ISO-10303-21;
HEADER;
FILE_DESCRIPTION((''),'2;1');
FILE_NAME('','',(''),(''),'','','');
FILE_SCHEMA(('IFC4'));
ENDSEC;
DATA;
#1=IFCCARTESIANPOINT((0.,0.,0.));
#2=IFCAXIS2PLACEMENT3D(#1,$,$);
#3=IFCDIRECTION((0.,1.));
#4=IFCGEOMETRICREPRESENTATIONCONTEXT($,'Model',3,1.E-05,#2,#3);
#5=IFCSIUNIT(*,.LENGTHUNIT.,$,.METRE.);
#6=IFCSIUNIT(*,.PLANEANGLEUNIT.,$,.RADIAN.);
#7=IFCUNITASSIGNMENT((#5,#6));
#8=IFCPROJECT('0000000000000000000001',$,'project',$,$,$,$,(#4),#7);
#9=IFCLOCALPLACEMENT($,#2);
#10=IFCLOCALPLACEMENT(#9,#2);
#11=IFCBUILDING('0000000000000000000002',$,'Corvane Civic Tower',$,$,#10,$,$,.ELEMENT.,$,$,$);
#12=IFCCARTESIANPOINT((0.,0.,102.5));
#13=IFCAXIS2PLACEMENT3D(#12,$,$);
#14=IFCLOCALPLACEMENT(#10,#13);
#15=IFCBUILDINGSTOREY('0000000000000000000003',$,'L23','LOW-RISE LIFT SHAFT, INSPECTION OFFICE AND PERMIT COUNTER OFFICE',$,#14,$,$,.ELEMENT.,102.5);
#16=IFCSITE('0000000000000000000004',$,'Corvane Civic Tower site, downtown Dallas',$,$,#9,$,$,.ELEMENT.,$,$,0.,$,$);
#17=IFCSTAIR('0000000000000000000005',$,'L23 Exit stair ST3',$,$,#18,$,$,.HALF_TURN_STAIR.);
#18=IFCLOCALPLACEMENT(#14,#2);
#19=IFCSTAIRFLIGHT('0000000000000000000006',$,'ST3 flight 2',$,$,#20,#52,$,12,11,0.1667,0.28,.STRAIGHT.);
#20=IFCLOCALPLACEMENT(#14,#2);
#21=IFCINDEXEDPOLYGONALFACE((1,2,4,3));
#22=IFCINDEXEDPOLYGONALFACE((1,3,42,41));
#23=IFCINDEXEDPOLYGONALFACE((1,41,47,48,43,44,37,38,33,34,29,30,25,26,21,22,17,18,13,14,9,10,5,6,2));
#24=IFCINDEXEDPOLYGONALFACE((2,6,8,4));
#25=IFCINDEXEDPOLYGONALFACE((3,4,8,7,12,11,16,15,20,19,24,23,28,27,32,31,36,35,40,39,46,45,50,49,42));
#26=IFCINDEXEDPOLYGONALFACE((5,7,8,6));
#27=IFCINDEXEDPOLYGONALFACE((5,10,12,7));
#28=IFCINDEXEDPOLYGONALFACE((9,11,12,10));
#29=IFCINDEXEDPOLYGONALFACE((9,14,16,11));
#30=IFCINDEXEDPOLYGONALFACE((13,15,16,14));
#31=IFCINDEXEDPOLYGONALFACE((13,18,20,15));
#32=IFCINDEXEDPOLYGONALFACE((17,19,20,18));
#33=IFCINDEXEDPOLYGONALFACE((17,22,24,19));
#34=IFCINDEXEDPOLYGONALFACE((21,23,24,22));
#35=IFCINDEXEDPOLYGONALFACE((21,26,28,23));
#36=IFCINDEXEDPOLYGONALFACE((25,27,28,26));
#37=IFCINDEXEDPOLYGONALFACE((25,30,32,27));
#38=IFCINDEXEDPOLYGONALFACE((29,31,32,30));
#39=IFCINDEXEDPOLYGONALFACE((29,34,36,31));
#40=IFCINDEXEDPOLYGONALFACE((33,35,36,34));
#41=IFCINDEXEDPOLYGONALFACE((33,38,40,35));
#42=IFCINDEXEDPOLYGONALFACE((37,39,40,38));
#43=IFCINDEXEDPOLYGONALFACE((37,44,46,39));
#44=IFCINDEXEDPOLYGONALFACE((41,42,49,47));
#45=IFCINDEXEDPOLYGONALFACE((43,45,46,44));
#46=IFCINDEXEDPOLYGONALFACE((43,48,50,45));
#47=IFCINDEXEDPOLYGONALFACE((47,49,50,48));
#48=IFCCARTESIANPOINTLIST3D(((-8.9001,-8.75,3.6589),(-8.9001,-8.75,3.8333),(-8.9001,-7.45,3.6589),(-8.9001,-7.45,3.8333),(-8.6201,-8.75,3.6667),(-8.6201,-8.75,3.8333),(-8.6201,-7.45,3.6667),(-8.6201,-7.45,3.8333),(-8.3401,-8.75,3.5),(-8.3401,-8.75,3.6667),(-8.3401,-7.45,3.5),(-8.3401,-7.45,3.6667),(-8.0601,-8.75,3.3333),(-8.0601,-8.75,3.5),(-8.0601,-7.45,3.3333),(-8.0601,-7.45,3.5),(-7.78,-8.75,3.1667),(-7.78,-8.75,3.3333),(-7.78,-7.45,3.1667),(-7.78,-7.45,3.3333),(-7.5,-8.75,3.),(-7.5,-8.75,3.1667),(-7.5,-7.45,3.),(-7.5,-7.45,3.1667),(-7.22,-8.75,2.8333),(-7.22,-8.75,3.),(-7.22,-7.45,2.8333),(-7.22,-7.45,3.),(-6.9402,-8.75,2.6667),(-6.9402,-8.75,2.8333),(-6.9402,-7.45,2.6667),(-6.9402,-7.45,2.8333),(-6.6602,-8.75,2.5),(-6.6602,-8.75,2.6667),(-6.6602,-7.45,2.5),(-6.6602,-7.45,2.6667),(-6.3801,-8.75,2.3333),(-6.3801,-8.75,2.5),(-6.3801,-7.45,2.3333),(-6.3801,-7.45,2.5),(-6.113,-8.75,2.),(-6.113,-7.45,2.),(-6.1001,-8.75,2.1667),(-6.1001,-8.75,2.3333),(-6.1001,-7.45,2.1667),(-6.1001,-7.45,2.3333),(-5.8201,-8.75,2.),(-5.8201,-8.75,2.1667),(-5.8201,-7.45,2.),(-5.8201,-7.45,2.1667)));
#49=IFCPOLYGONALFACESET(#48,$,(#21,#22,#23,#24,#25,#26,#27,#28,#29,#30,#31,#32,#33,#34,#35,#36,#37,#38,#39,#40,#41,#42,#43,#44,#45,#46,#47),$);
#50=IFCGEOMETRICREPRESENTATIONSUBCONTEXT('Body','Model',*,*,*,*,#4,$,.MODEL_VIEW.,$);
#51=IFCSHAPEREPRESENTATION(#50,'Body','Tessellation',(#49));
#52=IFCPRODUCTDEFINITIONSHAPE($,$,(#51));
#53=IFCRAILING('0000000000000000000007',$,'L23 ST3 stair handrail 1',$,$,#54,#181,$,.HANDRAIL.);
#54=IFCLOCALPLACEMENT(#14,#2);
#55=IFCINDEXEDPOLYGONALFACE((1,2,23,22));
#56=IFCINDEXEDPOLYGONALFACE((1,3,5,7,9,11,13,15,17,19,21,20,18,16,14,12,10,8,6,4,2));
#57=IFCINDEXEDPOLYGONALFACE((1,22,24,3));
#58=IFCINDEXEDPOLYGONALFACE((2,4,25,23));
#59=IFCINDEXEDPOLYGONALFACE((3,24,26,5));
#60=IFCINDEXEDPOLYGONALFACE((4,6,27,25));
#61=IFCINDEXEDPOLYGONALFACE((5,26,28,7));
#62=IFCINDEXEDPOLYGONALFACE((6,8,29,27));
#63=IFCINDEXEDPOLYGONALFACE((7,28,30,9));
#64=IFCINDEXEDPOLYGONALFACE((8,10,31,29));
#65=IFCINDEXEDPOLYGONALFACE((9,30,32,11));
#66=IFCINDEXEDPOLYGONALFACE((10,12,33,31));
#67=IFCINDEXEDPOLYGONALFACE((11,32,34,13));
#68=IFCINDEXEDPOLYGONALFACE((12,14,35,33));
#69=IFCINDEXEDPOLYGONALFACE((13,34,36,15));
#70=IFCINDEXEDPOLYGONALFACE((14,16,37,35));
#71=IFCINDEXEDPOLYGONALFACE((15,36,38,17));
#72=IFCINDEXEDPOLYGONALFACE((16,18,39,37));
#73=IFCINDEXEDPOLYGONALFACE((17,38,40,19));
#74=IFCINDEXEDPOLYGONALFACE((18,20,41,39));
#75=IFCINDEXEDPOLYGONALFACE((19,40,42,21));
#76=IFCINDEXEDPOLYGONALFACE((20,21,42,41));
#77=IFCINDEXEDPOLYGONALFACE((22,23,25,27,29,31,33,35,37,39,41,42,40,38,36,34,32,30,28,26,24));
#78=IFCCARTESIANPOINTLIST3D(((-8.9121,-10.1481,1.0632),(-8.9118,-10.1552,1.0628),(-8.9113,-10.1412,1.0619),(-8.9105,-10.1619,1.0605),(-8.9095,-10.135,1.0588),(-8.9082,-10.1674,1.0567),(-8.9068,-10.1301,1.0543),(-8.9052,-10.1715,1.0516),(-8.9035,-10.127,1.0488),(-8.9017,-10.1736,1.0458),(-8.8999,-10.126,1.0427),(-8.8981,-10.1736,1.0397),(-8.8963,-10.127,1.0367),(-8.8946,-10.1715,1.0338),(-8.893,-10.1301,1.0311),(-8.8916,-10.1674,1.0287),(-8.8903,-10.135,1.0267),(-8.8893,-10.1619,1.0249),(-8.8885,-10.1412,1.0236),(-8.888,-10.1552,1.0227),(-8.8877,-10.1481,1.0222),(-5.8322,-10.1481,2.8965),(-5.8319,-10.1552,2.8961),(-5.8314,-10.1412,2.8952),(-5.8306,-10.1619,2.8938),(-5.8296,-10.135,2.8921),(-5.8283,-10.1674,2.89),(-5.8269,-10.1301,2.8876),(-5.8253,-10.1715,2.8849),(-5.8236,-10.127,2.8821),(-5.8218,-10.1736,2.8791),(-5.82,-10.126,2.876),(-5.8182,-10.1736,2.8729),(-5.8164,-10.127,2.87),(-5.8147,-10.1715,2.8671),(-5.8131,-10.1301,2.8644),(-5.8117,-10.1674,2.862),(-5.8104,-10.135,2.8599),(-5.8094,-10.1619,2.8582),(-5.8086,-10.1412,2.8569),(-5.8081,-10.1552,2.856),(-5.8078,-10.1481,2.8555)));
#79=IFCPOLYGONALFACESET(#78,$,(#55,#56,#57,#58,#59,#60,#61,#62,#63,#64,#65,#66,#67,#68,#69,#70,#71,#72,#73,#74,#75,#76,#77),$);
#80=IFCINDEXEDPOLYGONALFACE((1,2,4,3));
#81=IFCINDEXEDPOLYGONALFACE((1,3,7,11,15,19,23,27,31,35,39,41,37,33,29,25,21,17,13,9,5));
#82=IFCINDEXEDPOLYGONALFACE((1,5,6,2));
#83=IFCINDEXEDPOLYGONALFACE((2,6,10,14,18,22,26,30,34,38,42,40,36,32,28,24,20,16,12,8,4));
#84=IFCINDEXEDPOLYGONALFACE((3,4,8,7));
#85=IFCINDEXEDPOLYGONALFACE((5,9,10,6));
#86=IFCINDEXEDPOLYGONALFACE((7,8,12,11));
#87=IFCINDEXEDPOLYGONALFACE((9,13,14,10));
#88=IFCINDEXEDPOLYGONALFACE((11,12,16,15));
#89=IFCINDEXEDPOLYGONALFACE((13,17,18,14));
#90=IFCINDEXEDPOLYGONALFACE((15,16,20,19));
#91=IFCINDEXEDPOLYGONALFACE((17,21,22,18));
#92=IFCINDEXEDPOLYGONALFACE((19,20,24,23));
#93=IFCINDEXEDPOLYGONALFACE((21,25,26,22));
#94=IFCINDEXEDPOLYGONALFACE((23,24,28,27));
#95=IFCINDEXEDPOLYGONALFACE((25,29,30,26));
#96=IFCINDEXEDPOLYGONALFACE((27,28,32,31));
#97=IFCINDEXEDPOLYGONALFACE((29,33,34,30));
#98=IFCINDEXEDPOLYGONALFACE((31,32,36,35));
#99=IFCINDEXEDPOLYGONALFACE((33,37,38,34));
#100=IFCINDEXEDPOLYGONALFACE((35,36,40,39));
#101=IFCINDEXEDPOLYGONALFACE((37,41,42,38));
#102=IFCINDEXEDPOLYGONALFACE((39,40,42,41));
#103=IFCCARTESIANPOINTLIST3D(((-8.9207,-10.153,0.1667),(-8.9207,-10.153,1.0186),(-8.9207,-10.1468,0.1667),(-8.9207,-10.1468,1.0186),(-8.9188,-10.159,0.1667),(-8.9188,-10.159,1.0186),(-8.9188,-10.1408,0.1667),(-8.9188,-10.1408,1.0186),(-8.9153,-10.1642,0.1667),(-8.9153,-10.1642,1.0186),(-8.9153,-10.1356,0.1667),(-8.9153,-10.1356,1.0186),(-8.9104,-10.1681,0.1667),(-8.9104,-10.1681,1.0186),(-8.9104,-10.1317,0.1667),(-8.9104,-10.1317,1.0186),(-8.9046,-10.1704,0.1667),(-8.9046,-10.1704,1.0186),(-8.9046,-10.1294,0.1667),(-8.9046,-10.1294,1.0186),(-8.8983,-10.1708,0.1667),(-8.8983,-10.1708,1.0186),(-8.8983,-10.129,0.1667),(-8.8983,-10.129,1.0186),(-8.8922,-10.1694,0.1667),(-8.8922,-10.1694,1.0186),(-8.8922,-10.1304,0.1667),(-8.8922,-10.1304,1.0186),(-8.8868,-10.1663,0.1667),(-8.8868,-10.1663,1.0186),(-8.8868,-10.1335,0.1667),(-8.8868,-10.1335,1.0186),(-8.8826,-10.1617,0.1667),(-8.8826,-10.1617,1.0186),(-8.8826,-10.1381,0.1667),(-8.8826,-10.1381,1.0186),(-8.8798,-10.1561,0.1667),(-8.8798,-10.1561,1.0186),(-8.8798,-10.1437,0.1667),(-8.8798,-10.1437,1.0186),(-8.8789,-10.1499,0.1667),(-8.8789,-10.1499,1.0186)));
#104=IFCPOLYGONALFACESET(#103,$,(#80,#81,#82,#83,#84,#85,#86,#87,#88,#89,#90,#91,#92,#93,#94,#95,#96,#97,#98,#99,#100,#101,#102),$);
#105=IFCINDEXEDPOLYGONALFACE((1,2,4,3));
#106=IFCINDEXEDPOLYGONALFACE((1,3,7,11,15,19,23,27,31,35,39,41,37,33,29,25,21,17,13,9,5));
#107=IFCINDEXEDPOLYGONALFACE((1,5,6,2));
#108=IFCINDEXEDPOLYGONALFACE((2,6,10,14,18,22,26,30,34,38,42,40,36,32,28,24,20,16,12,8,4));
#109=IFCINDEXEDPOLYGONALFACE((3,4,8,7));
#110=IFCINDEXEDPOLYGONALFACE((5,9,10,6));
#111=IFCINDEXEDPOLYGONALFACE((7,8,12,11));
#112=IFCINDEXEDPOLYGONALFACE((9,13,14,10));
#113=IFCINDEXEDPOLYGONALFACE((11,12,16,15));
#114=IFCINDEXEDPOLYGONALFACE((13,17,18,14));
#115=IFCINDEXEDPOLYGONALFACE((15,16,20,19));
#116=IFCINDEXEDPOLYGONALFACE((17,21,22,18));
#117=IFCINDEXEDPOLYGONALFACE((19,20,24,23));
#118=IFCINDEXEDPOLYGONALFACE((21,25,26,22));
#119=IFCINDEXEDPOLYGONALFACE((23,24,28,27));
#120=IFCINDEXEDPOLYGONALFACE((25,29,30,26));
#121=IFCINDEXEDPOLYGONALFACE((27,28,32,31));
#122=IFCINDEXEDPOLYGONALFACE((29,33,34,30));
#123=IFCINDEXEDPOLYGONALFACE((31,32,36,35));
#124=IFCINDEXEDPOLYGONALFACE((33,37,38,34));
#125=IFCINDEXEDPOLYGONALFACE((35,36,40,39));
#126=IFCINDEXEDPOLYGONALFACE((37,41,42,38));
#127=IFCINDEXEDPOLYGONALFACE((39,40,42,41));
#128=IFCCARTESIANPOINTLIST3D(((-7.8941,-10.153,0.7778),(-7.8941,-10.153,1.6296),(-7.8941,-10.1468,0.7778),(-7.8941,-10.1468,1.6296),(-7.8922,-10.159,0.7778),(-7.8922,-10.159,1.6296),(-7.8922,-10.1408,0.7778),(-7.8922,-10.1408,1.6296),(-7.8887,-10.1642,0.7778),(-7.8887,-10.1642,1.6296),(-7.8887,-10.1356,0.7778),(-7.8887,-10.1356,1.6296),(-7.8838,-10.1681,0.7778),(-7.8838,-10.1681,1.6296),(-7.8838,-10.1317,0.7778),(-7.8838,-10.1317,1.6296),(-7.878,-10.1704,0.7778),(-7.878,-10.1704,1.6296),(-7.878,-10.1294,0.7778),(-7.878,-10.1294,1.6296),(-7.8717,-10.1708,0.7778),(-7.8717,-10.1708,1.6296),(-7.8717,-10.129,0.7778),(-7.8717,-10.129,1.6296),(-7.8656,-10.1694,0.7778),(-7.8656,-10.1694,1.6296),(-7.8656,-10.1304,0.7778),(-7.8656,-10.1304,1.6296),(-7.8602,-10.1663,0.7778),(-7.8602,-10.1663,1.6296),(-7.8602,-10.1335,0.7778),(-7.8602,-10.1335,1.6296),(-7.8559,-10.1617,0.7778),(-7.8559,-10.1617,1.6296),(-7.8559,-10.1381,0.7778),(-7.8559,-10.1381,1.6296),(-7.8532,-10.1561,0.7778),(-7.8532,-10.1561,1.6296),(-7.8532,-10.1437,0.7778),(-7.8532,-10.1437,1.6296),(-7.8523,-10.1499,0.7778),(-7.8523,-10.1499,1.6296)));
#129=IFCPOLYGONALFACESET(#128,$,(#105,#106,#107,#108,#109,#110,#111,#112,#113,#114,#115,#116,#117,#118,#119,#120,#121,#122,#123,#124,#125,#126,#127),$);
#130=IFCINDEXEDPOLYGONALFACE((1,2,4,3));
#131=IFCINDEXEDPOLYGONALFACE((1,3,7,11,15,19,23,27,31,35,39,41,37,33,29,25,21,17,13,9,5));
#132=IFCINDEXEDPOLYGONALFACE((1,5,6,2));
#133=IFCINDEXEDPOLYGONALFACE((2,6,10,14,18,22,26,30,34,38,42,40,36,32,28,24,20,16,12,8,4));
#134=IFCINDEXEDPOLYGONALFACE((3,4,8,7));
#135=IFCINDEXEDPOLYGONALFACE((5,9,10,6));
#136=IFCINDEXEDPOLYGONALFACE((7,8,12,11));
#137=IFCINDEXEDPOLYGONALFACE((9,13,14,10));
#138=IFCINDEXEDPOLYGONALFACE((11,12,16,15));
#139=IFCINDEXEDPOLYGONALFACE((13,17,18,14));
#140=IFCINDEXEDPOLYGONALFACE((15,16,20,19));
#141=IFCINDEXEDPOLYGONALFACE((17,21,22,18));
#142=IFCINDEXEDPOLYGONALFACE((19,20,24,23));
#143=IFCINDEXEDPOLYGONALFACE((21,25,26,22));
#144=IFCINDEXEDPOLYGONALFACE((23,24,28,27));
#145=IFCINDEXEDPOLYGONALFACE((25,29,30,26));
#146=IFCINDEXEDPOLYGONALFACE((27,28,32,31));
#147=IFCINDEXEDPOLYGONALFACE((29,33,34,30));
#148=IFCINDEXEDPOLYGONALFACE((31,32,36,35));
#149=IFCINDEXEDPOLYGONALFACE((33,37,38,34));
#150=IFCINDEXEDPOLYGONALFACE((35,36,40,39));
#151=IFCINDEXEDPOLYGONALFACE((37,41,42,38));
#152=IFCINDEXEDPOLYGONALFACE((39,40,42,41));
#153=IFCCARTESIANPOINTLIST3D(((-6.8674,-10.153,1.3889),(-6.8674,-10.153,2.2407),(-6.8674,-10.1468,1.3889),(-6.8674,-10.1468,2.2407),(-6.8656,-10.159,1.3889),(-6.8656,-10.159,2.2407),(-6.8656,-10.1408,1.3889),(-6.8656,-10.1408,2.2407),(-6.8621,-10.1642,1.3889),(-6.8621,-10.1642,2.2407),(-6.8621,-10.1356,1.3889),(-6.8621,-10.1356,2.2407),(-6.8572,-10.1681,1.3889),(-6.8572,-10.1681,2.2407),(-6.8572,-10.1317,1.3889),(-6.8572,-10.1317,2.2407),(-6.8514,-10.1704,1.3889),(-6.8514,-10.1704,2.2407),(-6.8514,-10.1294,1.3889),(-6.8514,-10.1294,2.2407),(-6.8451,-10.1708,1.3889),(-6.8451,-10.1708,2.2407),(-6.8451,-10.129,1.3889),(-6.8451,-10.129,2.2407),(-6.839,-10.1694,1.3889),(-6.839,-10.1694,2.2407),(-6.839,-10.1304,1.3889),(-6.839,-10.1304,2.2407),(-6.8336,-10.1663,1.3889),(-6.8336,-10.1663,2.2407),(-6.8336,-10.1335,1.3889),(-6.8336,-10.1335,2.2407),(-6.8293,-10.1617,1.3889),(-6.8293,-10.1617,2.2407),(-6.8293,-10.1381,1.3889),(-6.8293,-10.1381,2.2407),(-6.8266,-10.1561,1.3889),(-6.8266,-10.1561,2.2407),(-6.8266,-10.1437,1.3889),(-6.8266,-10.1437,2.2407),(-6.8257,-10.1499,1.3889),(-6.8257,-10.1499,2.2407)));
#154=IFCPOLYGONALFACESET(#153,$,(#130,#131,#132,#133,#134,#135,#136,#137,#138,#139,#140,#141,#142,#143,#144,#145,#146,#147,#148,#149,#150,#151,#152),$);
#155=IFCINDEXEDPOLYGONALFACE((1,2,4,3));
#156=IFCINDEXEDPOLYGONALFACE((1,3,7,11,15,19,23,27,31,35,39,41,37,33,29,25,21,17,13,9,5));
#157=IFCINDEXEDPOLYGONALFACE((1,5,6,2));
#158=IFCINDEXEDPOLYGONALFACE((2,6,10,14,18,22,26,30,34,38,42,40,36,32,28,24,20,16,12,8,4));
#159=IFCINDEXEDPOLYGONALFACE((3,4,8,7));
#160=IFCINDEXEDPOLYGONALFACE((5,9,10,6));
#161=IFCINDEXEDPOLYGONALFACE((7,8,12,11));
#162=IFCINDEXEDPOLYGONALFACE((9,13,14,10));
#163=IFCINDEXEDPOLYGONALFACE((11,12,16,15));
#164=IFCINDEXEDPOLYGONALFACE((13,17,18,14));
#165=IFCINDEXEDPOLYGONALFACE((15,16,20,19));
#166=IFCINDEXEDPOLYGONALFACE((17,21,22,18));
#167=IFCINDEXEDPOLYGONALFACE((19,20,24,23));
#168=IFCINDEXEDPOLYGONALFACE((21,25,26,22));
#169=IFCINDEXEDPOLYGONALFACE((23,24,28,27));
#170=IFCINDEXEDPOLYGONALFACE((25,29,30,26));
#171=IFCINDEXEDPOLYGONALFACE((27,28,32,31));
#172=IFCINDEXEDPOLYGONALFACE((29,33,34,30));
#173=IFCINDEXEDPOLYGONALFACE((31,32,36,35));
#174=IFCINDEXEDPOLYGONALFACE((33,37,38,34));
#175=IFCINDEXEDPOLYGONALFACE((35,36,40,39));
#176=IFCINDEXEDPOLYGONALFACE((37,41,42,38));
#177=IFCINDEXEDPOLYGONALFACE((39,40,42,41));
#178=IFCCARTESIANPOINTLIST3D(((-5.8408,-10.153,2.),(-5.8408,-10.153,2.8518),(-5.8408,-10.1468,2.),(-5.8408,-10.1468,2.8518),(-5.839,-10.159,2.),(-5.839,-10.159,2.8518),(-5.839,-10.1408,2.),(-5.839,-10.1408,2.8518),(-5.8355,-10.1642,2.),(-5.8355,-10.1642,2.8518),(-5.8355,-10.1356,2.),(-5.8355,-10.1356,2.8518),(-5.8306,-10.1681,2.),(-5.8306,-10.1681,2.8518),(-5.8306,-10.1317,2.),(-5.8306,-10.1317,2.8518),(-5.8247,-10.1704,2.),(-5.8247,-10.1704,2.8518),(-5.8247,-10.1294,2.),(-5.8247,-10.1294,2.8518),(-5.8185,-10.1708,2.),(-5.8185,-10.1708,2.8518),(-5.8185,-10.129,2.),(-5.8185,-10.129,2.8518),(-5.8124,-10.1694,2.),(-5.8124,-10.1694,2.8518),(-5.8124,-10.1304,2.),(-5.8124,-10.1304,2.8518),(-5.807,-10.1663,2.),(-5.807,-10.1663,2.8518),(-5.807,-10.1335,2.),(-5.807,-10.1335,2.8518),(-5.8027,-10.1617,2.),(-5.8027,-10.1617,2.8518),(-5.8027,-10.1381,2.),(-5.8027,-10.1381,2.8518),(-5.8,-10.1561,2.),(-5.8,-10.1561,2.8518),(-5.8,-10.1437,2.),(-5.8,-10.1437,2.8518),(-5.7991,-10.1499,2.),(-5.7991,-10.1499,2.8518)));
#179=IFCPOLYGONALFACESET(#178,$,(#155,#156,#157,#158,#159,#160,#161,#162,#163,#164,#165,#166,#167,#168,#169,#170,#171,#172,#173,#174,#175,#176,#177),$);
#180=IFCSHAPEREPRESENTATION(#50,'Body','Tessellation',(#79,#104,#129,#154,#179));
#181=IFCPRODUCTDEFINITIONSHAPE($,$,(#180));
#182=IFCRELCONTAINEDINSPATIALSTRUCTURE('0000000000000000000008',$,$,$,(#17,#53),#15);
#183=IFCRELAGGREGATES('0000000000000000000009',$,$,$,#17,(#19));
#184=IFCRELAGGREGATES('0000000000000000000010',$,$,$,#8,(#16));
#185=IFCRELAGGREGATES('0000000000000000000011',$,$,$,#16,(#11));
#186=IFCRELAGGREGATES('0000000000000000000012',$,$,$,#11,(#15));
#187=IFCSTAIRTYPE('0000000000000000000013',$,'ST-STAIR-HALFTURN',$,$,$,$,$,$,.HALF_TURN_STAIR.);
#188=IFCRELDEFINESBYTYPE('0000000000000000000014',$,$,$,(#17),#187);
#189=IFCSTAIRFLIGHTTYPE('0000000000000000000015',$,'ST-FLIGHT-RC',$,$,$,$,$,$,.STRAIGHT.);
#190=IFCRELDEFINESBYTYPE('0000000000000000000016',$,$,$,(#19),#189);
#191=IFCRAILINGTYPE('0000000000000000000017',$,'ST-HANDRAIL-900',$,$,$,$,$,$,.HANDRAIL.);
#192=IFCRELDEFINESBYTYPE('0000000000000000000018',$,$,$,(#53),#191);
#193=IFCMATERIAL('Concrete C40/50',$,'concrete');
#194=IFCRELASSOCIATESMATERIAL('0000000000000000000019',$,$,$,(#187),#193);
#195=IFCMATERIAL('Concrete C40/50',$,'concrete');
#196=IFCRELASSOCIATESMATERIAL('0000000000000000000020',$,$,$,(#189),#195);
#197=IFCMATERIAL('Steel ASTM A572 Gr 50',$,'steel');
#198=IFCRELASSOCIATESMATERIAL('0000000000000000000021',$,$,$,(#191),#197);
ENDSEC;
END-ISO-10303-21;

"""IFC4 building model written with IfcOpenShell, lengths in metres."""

from ifc_helpers import new_model, si_unit, direction, frame, origin, origin_2d, place, context, subcontext, project, spatial, polyline, circle, outline, extrude, material, type_object, element, aggregate, save


model = new_model("IFC4")

# Units and contexts
model_context = context("Model", 3, precision=1e-05, world=origin(), true_north=direction((0.0, 1.0)))
body_context = subcontext(model_context, "Body", "Model", "MODEL_VIEW")
ifc_project = project(units=[si_unit("LENGTHUNIT", "METRE"), si_unit("PLANEANGLEUNIT", "RADIAN")], contexts=[model_context])

# Site, building, storey
site_placement = place(None, origin())
site = spatial("IfcSite", under=ifc_project, at=site_placement, Name="Corvane Civic Tower site, downtown Dallas", CompositionType="ELEMENT", RefElevation=0.0)
building_placement = place(site_placement, origin())
building = spatial("IfcBuilding", under=site, at=building_placement, Name="Corvane Civic Tower", CompositionType="ELEMENT")
storey_placement = place(building_placement, frame((0.0, 0.0, 102.5)))
storey = spatial("IfcBuildingStorey", under=building, at=storey_placement, Name="L23", Description="LOW-RISE LIFT SHAFT, INSPECTION OFFICE AND PERMIT COUNTER OFFICE", CompositionType="ELEMENT", Elevation=102.5)

# Stair, stair flight
ifc_material_1 = material(Name="Concrete C40/50", Category="concrete")
stair_type = type_object("IfcStairType", Name="ST-STAIR-HALFTURN", PredefinedType="HALF_TURN_STAIR", material=ifc_material_1)
stair_placement = place(storey_placement, origin())
stair = element("IfcStair", 1, at=stair_placement, inside=storey, type_object=stair_type, Name="L23 Exit stair ST3", PredefinedType="HALF_TURN_STAIR")
ifc_material_2 = material(Name="Concrete C40/50", Category="concrete")
stair_flight_type = type_object("IfcStairFlightType", Name="ST-FLIGHT-RC", PredefinedType="STRAIGHT", material=ifc_material_2)
stair_flight_1_placement = place(storey_placement, frame((-5.8201, -8.1001, 2.0), z_axis=(0.0, 0.0, 1.0), x_axis=(-1.0, 0.0, 0.0)))
stair_flight_1 = element("IfcStairFlight", 2, at=stair_flight_1_placement, type_object=stair_flight_type, Name="ST3 flight 2", NumberOfRisers=12, NumberOfTreads=11, PredefinedType="STRAIGHT", RiserHeight=0.1667, TreadLength=0.28, context=body_context, shape_type="SweptSolid", body=[
    extrude(outline(polyline([(0.0, 0.0), (0.0, 0.1667), (0.28, 0.1667), (0.28, 0.3333), (0.5601, 0.3333), (0.5601, 0.5), (0.8401, 0.5), (0.8401, 0.6667), (1.1201, 0.6667), (1.1201, 0.8333), (1.3999, 0.8333), (1.3999, 1.0), (1.6799, 1.0), (1.6799, 1.1667), (1.96, 1.1667), (1.96, 1.3333), (2.24, 1.3333), (2.24, 1.5), (2.52, 1.5), (2.52, 1.6667), (2.8, 1.6667), (2.8, 1.8333), (3.0801, 1.8333), (3.0801, 2.0), (3.0801, 1.6589), (0.293, 0.0), (0.0, 0.0)])), frame((0.0, 0.6499, 0.0), z_axis=(0.0, -1.0, 0.0), x_axis=(1.0, 0.0, 0.0)), (0.0, 0.0, 1.0), 1.3),
])
aggregate(stair, [stair_flight_1])

# Railing
ifc_material_3 = material(Name="Steel ASTM A572 Gr 50", Category="steel")
railing_type_1 = type_object("IfcRailingType", Name="ST-HANDRAIL-900", PredefinedType="HANDRAIL", material=ifc_material_3)
railing_1_placement = place(storey_placement, frame((-8.8999, -10.1499, 0.1667)))
element("IfcRailing", 3, at=railing_1_placement, inside=storey, type_object=railing_type_1, Name="L23 ST3 stair handrail 1", PredefinedType="HANDRAIL", context=body_context, shape_type="SweptSolid", body=[
    extrude(circle(Radius=0.0239, at=origin_2d()), frame((0.0, 0.0, 0.876), z_axis=(0.859291, 0.0, 0.511487), x_axis=(0.0, 1.0, 0.0)), (0.0, 0.0, 1.0), 3.5842),
    extrude(circle(Radius=0.021, at=origin_2d()), origin(), (0.0, 0.0, 1.0), 0.8518),
    extrude(circle(Radius=0.021, at=origin_2d()), frame((1.0266, 0.0, 0.6111)), (0.0, 0.0, 1.0), 0.8518),
    extrude(circle(Radius=0.021, at=origin_2d()), frame((2.0532, 0.0, 1.2222)), (0.0, 0.0, 1.0), 0.8518),
    extrude(circle(Radius=0.021, at=origin_2d()), frame((3.0798, 0.0, 1.8333)), (0.0, 0.0, 1.0), 0.8518),
])

save(model, "model.ifc")
